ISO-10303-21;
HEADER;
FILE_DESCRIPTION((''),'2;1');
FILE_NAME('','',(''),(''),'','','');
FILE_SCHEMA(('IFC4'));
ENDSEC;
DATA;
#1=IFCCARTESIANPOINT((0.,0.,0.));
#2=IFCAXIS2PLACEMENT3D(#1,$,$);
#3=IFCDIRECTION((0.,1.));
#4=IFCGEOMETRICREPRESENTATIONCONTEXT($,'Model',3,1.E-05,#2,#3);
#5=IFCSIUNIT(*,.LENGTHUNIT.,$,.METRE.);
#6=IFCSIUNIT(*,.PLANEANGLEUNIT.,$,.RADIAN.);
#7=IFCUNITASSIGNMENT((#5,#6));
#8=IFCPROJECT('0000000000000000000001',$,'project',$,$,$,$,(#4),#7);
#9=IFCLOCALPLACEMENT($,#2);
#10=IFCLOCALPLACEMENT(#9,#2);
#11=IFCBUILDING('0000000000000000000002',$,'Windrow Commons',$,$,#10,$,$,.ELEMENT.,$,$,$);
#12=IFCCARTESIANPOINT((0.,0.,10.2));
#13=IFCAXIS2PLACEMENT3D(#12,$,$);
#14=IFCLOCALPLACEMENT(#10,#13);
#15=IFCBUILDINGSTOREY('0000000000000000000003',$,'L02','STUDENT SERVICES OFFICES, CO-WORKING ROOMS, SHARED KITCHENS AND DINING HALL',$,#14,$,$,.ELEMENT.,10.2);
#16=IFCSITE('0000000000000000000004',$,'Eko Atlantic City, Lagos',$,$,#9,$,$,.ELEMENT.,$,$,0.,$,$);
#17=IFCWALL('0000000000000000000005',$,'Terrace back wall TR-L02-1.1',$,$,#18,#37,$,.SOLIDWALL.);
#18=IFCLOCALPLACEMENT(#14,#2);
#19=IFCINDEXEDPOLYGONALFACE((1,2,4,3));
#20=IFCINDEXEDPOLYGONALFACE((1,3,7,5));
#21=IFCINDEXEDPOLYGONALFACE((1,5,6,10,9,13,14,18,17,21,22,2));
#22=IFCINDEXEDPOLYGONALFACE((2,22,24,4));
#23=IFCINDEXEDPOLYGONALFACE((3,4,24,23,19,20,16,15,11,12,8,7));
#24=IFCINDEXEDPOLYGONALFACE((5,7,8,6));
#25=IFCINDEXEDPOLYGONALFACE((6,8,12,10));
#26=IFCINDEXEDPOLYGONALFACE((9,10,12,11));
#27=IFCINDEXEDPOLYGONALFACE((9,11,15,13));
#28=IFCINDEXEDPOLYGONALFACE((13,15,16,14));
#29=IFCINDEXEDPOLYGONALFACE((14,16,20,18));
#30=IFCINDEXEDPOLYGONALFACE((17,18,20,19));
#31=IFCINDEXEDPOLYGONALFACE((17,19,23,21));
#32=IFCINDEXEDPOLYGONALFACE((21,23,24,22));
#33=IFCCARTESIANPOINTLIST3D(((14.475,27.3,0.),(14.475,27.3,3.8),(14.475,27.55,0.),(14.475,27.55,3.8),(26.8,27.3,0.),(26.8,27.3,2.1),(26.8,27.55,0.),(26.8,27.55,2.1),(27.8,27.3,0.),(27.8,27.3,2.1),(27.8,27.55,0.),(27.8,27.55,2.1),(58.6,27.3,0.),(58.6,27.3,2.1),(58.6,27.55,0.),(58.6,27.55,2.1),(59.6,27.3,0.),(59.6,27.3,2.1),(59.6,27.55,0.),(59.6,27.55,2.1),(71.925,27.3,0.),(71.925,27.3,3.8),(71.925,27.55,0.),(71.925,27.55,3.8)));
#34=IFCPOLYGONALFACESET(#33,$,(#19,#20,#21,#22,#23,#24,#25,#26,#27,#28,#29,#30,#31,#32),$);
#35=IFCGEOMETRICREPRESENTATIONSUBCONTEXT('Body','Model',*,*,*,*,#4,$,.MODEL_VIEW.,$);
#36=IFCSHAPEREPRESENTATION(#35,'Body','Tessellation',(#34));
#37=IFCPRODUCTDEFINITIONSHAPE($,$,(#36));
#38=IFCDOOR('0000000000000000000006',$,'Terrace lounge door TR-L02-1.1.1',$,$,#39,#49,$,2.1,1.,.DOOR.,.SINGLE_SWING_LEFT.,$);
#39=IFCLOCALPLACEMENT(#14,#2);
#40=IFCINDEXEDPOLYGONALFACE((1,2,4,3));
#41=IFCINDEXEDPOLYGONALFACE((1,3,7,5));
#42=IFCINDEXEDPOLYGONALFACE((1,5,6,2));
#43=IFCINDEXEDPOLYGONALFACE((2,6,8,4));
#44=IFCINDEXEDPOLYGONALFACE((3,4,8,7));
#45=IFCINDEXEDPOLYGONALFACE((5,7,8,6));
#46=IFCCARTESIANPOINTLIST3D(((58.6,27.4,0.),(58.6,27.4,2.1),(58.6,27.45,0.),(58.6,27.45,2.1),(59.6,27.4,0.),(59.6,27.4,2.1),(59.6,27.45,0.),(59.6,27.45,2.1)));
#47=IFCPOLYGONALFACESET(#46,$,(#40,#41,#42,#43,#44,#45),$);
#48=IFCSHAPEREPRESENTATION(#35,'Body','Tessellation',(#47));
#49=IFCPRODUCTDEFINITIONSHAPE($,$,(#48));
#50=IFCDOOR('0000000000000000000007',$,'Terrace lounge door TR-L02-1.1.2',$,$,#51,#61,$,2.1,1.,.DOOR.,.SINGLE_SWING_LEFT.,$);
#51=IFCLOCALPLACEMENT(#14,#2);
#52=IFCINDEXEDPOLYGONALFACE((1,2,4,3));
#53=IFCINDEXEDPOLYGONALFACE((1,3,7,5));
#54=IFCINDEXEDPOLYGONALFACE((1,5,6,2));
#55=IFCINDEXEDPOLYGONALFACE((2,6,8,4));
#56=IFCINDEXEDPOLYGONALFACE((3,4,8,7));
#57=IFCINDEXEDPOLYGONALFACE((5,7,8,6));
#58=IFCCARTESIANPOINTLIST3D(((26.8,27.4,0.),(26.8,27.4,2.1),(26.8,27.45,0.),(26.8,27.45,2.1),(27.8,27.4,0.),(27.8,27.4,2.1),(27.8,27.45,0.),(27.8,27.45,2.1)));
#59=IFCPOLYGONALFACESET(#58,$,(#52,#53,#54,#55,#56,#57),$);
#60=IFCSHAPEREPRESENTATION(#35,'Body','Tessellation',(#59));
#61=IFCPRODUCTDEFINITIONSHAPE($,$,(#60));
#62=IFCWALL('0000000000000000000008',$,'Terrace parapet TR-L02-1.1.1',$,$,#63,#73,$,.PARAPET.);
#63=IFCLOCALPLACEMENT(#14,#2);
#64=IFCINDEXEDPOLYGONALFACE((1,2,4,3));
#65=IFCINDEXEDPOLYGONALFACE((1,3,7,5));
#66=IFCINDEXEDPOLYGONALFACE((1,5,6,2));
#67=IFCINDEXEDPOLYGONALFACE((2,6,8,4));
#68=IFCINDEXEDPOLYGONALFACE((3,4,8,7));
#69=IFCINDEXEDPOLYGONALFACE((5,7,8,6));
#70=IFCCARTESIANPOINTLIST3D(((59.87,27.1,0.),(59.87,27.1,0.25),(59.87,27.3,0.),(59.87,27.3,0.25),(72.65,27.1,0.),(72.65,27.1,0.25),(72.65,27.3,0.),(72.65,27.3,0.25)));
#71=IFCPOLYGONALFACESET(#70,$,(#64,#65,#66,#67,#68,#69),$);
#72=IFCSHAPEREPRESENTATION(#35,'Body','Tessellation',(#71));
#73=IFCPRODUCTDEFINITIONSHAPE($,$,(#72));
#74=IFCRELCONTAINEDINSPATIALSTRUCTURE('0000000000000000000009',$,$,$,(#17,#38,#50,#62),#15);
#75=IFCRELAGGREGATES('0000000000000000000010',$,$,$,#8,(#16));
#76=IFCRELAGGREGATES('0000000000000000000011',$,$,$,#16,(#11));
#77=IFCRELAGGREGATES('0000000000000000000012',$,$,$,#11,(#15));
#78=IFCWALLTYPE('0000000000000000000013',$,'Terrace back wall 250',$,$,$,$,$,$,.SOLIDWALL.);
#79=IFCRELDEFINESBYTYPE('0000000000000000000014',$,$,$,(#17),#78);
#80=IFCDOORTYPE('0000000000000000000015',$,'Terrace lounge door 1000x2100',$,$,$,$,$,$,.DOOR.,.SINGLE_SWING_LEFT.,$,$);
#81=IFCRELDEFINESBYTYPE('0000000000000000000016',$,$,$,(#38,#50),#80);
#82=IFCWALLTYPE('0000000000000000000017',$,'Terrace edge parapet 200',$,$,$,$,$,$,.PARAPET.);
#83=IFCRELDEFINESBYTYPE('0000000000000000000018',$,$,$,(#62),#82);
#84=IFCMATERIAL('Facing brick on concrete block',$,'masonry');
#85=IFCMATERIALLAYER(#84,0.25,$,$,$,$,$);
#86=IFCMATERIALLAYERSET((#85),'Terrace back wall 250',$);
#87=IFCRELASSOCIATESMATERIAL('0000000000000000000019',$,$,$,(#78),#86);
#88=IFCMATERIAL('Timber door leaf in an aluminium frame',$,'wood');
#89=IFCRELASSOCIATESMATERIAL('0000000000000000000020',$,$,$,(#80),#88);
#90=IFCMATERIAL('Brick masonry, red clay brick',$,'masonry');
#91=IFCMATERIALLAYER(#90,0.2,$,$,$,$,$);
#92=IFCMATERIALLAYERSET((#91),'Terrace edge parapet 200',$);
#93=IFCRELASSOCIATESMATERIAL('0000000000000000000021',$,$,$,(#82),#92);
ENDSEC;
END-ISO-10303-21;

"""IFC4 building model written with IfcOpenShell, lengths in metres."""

from ifc_helpers import new_model, si_unit, direction, frame, frame_2d, origin, place, context, subcontext, project, spatial, polyline, rectangle, outline, extrude, material, layer, layer_set, type_object, element, fill, save


model = new_model("IFC4")

# Units and contexts
model_context = context("Model", 3, precision=1e-05, world=origin(), true_north=direction((0.0, 1.0)))
body_context = subcontext(model_context, "Body", "Model", "MODEL_VIEW")
ifc_project = project(units=[si_unit("LENGTHUNIT", "METRE"), si_unit("PLANEANGLEUNIT", "RADIAN")], contexts=[model_context])

# Site, building, storey
site_placement = place(None, origin())
site = spatial("IfcSite", under=ifc_project, at=site_placement, Name="Eko Atlantic City, Lagos", CompositionType="ELEMENT", RefElevation=0.0)
building_placement = place(site_placement, origin())
building = spatial("IfcBuilding", under=site, at=building_placement, Name="Windrow Commons", CompositionType="ELEMENT")
storey_placement = place(building_placement, frame((0.0, 0.0, 10.2)))
storey = spatial("IfcBuildingStorey", under=building, at=storey_placement, Name="L02", Description="STUDENT SERVICES OFFICES, CO-WORKING ROOMS, SHARED KITCHENS AND DINING HALL", CompositionType="ELEMENT", Elevation=10.2)

# Wall, openings, doors
ifc_material_1 = material(Name="Facing brick on concrete block", Category="masonry")
ifc_layer_1 = layer(ifc_material_1, 0.25)
ifc_layer_set_1 = layer_set([ifc_layer_1], Name="Terrace back wall 250")
wall_type_1 = type_object("IfcWallType", Name="Terrace back wall 250", PredefinedType="SOLIDWALL", material=ifc_layer_set_1)
wall_1_placement = place(storey_placement, frame((71.925, 27.425, 0.0), z_axis=(0.0, 0.0, 1.0), x_axis=(-1.0, 0.0, 0.0)))
wall_1 = element("IfcWall", 1, at=wall_1_placement, inside=storey, type_object=wall_type_1, Name="Terrace back wall TR-L02-1.1", PredefinedType="SOLIDWALL", context=body_context, shape_type="SweptSolid", body=[
    extrude(rectangle(XDim=57.45, YDim=0.25, at=frame_2d((28.725, 0.0))), origin(), (0.0, 0.0, 1.0), 3.8),
])
opening_1_placement = place(wall_1_placement, frame((12.325, 0.0, 0.0)))
opening_1 = element("IfcOpeningElement", 2, at=opening_1_placement, cuts=wall_1, PredefinedType="OPENING", context=body_context, shape_type="SweptSolid", body=[
    extrude(rectangle(XDim=1.0, YDim=2.1, at=frame_2d((0.5, 1.05))), frame((0.0, 0.135, 0.0), z_axis=(0.0, -1.0, 0.0), x_axis=(1.0, 0.0, 0.0)), (0.0, 0.0, 1.0), 0.27),
])
opening_2_placement = place(wall_1_placement, frame((44.125, 0.0, 0.0)))
opening_2 = element("IfcOpeningElement", 3, at=opening_2_placement, cuts=wall_1, PredefinedType="OPENING", context=body_context, shape_type="SweptSolid", body=[
    extrude(rectangle(XDim=1.0, YDim=2.1, at=frame_2d((0.5, 1.05))), frame((0.0, 0.135, 0.0), z_axis=(0.0, -1.0, 0.0), x_axis=(1.0, 0.0, 0.0)), (0.0, 0.0, 1.0), 0.27),
])
ifc_material_2 = material(Name="Timber door leaf in an aluminium frame", Category="wood")
door_type = type_object("IfcDoorType", Name="Terrace lounge door 1000x2100", OperationType="SINGLE_SWING_LEFT", PredefinedType="DOOR", material=ifc_material_2)
door_1_placement = place(opening_1_placement, origin())
door_1 = element("IfcDoor", 4, at=door_1_placement, inside=storey, type_object=door_type, Name="Terrace lounge door TR-L02-1.1.1", OperationType="SINGLE_SWING_LEFT", OverallHeight=2.1, OverallWidth=1.0, PredefinedType="DOOR", context=body_context, shape_type="SweptSolid", body=[
    extrude(rectangle(XDim=1.0, YDim=2.1, at=frame_2d((0.5, 1.05))), frame((0.0, 0.025, 0.0), z_axis=(0.0, -1.0, 0.0), x_axis=(1.0, 0.0, 0.0)), (0.0, 0.0, 1.0), 0.05),
])
fill(opening_1, door_1)
door_2_placement = place(opening_2_placement, origin())
door_2 = element("IfcDoor", 5, at=door_2_placement, inside=storey, type_object=door_type, Name="Terrace lounge door TR-L02-1.1.2", OperationType="SINGLE_SWING_LEFT", OverallHeight=2.1, OverallWidth=1.0, PredefinedType="DOOR", context=body_context, shape_type="SweptSolid", body=[
    extrude(rectangle(XDim=1.0, YDim=2.1, at=frame_2d((0.5, 1.05))), frame((0.0, 0.025, 0.0), z_axis=(0.0, -1.0, 0.0), x_axis=(1.0, 0.0, 0.0)), (0.0, 0.0, 1.0), 0.05),
])
fill(opening_2, door_2)

# Wall
ifc_material_3 = material(Name="Brick masonry, red clay brick", Category="masonry")
ifc_layer_2 = layer(ifc_material_3, 0.2)
ifc_layer_set_2 = layer_set([ifc_layer_2], Name="Terrace edge parapet 200")
wall_type_2 = type_object("IfcWallType", Name="Terrace edge parapet 200", PredefinedType="PARAPET", material=ifc_layer_set_2)
wall_2_placement = place(storey_placement, frame((72.65, 27.2, 0.0), z_axis=(0.0, 0.0, 1.0), x_axis=(-1.0, 0.0, 0.0)))
element("IfcWall", 6, at=wall_2_placement, inside=storey, type_object=wall_type_2, Name="Terrace parapet TR-L02-1.1.1", PredefinedType="PARAPET", context=body_context, shape_type="SweptSolid", body=[
    extrude(outline(polyline([(0.0, -0.1), (12.78, -0.1), (12.78, 0.1), (0.0, 0.1), (0.0, -0.1)])), origin(), (0.0, 0.0, 1.0), 0.25),
])

save(model, "model.ifc")
